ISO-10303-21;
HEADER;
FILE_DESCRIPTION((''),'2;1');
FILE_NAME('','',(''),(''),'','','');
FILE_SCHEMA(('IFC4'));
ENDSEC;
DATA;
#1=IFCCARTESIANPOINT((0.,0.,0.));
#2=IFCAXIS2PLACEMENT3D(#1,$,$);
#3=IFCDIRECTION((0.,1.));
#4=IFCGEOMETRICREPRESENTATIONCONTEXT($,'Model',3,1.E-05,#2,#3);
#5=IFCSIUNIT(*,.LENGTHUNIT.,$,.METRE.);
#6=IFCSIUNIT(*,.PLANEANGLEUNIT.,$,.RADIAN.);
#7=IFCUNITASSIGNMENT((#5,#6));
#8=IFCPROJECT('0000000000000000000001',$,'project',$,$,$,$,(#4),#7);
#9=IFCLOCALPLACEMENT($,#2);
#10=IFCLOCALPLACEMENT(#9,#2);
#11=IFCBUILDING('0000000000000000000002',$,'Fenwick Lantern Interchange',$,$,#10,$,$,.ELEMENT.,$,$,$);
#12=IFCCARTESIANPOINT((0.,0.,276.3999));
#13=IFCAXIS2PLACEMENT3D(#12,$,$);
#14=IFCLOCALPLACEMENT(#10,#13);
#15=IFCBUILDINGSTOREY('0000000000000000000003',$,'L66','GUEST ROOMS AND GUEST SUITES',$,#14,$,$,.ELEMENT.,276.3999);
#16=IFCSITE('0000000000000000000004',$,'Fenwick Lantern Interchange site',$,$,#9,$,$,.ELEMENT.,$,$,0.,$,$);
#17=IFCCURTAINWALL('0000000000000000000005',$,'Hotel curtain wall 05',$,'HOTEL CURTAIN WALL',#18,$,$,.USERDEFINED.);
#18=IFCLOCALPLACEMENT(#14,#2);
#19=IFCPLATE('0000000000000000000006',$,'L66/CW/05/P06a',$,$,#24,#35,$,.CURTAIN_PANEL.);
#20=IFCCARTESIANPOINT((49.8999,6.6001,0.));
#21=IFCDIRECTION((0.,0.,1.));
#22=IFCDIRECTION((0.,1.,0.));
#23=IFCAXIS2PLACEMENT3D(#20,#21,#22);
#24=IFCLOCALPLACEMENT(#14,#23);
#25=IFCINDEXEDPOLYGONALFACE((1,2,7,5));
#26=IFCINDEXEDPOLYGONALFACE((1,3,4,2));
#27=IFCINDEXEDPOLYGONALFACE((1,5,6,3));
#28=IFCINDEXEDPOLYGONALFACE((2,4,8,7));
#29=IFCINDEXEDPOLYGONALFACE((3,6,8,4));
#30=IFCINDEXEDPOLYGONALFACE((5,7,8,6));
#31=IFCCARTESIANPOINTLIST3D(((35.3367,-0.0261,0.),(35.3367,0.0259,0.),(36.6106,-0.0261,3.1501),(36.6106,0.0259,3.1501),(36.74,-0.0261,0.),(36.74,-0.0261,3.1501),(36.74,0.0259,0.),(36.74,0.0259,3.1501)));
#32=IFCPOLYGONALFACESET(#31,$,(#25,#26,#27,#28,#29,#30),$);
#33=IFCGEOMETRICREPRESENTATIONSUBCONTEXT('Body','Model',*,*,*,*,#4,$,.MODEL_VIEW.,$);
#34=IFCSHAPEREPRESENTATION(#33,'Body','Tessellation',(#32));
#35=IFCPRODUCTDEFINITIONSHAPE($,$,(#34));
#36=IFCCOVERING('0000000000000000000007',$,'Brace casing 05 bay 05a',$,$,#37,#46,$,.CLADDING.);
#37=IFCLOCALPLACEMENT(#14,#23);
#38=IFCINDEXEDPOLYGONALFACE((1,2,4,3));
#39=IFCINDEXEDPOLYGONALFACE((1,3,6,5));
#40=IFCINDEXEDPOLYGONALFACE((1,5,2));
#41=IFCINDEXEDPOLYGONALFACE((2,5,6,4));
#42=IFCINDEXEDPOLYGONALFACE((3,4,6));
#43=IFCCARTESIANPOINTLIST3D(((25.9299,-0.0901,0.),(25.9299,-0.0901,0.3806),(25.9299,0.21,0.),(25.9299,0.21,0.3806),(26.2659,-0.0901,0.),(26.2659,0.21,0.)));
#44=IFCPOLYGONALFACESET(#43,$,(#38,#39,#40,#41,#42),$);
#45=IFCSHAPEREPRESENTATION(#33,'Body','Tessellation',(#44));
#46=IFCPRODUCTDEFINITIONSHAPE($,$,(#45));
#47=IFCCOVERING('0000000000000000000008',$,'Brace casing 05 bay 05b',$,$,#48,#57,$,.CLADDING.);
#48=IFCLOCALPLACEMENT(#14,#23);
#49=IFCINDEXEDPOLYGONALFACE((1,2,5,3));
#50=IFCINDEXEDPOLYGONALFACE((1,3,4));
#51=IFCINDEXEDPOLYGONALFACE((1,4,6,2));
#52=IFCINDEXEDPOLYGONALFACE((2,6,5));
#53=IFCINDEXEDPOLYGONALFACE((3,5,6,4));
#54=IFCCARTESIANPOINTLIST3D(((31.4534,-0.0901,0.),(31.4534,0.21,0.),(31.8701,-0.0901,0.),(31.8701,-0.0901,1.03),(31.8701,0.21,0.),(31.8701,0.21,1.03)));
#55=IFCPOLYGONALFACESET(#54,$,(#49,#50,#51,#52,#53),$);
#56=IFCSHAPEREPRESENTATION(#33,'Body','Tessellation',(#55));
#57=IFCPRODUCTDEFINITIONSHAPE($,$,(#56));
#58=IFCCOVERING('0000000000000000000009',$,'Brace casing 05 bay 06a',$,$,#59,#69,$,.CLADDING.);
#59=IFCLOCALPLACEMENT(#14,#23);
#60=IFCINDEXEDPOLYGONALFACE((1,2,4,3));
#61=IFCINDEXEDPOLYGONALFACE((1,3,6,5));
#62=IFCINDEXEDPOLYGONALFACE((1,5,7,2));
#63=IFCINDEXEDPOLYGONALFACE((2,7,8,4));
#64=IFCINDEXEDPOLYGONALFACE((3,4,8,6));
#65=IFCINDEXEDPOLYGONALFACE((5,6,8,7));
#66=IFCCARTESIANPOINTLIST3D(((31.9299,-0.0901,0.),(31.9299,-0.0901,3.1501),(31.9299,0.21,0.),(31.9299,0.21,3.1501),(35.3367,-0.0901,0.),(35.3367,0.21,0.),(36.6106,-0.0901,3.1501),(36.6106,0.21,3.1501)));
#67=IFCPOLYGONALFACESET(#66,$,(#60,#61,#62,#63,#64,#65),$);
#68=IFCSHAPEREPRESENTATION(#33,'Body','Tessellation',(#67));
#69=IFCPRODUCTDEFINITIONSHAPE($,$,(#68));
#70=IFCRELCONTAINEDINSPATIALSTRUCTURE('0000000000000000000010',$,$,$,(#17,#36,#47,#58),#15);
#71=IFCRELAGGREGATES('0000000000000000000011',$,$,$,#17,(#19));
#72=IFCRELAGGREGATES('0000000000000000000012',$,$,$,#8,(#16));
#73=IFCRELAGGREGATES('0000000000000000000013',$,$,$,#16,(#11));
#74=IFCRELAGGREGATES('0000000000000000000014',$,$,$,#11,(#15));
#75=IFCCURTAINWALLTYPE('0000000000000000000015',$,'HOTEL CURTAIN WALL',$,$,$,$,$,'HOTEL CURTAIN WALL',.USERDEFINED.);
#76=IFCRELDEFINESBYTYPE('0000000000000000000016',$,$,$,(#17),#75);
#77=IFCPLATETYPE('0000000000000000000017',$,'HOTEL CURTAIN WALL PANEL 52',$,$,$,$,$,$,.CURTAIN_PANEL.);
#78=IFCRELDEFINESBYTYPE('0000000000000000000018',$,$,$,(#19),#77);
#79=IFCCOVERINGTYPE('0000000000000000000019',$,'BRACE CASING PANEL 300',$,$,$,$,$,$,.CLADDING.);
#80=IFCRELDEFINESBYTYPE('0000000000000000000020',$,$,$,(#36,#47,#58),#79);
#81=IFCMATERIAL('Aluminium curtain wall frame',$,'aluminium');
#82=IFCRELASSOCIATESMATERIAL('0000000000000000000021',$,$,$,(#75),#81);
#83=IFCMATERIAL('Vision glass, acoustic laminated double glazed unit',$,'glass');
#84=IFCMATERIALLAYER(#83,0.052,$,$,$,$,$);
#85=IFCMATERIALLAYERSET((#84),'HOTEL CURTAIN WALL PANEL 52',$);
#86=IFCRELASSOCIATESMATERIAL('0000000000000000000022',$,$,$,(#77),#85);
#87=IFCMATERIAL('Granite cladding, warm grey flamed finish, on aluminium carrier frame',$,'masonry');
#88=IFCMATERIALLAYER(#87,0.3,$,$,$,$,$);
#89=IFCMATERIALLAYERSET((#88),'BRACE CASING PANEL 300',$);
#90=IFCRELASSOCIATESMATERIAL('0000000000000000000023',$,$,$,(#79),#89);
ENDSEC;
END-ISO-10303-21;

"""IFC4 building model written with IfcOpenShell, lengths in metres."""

from ifc_helpers import new_model, si_unit, direction, frame, origin, place, context, subcontext, project, spatial, polyline, outline, extrude, material, layer, layer_set, type_object, element, aggregate, save


model = new_model("IFC4")

# Units and contexts
model_context = context("Model", 3, precision=1e-05, world=origin(), true_north=direction((0.0, 1.0)))
body_context = subcontext(model_context, "Body", "Model", "MODEL_VIEW")
ifc_project = project(units=[si_unit("LENGTHUNIT", "METRE"), si_unit("PLANEANGLEUNIT", "RADIAN")], contexts=[model_context])

# Site, building, storey
site_placement = place(None, origin())
site = spatial("IfcSite", under=ifc_project, at=site_placement, Name="Fenwick Lantern Interchange site", CompositionType="ELEMENT", RefElevation=0.0)
building_placement = place(site_placement, origin())
building = spatial("IfcBuilding", under=site, at=building_placement, Name="Fenwick Lantern Interchange", CompositionType="ELEMENT")
storey_placement = place(building_placement, frame((0.0, 0.0, 276.3999)))
storey = spatial("IfcBuildingStorey", under=building, at=storey_placement, Name="L66", Description="GUEST ROOMS AND GUEST SUITES", CompositionType="ELEMENT", Elevation=276.3999)

# Curtain wall
ifc_material_1 = material(Name="Aluminium curtain wall frame", Category="aluminium")
curtain_wall_type = type_object("IfcCurtainWallType", Name="HOTEL CURTAIN WALL", ElementType="HOTEL CURTAIN WALL", PredefinedType="USERDEFINED", material=ifc_material_1)
curtain_wall_placement = place(storey_placement, origin())
curtain_wall = element("IfcCurtainWall", 1, at=curtain_wall_placement, inside=storey, type_object=curtain_wall_type, Name="Hotel curtain wall 05", ObjectType="HOTEL CURTAIN WALL", PredefinedType="USERDEFINED")

# Plate
ifc_material_2 = material(Name="Vision glass, acoustic laminated double glazed unit", Category="glass")
ifc_layer_1 = layer(ifc_material_2, 0.052)
ifc_layer_set_1 = layer_set([ifc_layer_1], Name="HOTEL CURTAIN WALL PANEL 52")
plate_type = type_object("IfcPlateType", Name="HOTEL CURTAIN WALL PANEL 52", PredefinedType="CURTAIN_PANEL", material=ifc_layer_set_1)
plate_placement = place(storey_placement, frame((49.8999, 6.6001, 0.0), z_axis=(0.0, 0.0, 1.0), x_axis=(0.0, 1.0, 0.0)))
plate = element("IfcPlate", 2, at=plate_placement, type_object=plate_type, Name="L66/CW/05/P06a", PredefinedType="CURTAIN_PANEL", context=body_context, shape_type="SweptSolid", body=[
    extrude(outline(polyline([(35.3367, 0.0), (36.74, 0.0), (36.74, 3.1501), (36.6106, 3.1501), (35.3367, 0.0)])), frame((0.0, 0.0259, 0.0), z_axis=(0.0, -1.0, 0.0), x_axis=(1.0, 0.0, 0.0)), (0.0, 0.0, 1.0), 0.052),
])
aggregate(curtain_wall, [plate])

# Coverings
ifc_material_3 = material(Name="Granite cladding, warm grey flamed finish, on aluminium carrier frame", Category="masonry")
ifc_layer_2 = layer(ifc_material_3, 0.3)
ifc_layer_set_2 = layer_set([ifc_layer_2], Name="BRACE CASING PANEL 300")
covering_type = type_object("IfcCoveringType", Name="BRACE CASING PANEL 300", PredefinedType="CLADDING", material=ifc_layer_set_2)
covering_1_placement = place(storey_placement, frame((49.8999, 6.6001, 0.0), z_axis=(0.0, 0.0, 1.0), x_axis=(0.0, 1.0, 0.0)))
element("IfcCovering", 3, at=covering_1_placement, inside=storey, type_object=covering_type, Name="Brace casing 05 bay 05a", PredefinedType="CLADDING", context=body_context, shape_type="SweptSolid", body=[
    extrude(outline(polyline([(25.9299, 0.0), (26.2659, 0.0), (25.9299, 0.3806), (25.9299, 0.0)])), frame((0.0, 0.21, 0.0), z_axis=(0.0, -1.0, 0.0), x_axis=(1.0, 0.0, 0.0)), (0.0, 0.0, 1.0), 0.3),
])
covering_2_placement = place(storey_placement, frame((49.8999, 6.6001, 0.0), z_axis=(0.0, 0.0, 1.0), x_axis=(0.0, 1.0, 0.0)))
element("IfcCovering", 4, at=covering_2_placement, inside=storey, type_object=covering_type, Name="Brace casing 05 bay 05b", PredefinedType="CLADDING", context=body_context, shape_type="SweptSolid", body=[
    extrude(outline(polyline([(31.4534, 0.0), (31.8701, 0.0), (31.8701, 1.03), (31.4534, 0.0)])), frame((0.0, 0.21, 0.0), z_axis=(0.0, -1.0, 0.0), x_axis=(1.0, 0.0, 0.0)), (0.0, 0.0, 1.0), 0.3),
])
covering_3_placement = place(storey_placement, frame((49.8999, 6.6001, 0.0), z_axis=(0.0, 0.0, 1.0), x_axis=(0.0, 1.0, 0.0)))
element("IfcCovering", 5, at=covering_3_placement, inside=storey, type_object=covering_type, Name="Brace casing 05 bay 06a", PredefinedType="CLADDING", context=body_context, shape_type="SweptSolid", body=[
    extrude(outline(polyline([(31.9299, 0.0), (35.3367, 0.0), (36.6106, 3.1501), (31.9299, 3.1501), (31.9299, 0.0)])), frame((0.0, 0.21, 0.0), z_axis=(0.0, -1.0, 0.0), x_axis=(1.0, 0.0, 0.0)), (0.0, 0.0, 1.0), 0.3),
])

save(model, "model.ifc")
